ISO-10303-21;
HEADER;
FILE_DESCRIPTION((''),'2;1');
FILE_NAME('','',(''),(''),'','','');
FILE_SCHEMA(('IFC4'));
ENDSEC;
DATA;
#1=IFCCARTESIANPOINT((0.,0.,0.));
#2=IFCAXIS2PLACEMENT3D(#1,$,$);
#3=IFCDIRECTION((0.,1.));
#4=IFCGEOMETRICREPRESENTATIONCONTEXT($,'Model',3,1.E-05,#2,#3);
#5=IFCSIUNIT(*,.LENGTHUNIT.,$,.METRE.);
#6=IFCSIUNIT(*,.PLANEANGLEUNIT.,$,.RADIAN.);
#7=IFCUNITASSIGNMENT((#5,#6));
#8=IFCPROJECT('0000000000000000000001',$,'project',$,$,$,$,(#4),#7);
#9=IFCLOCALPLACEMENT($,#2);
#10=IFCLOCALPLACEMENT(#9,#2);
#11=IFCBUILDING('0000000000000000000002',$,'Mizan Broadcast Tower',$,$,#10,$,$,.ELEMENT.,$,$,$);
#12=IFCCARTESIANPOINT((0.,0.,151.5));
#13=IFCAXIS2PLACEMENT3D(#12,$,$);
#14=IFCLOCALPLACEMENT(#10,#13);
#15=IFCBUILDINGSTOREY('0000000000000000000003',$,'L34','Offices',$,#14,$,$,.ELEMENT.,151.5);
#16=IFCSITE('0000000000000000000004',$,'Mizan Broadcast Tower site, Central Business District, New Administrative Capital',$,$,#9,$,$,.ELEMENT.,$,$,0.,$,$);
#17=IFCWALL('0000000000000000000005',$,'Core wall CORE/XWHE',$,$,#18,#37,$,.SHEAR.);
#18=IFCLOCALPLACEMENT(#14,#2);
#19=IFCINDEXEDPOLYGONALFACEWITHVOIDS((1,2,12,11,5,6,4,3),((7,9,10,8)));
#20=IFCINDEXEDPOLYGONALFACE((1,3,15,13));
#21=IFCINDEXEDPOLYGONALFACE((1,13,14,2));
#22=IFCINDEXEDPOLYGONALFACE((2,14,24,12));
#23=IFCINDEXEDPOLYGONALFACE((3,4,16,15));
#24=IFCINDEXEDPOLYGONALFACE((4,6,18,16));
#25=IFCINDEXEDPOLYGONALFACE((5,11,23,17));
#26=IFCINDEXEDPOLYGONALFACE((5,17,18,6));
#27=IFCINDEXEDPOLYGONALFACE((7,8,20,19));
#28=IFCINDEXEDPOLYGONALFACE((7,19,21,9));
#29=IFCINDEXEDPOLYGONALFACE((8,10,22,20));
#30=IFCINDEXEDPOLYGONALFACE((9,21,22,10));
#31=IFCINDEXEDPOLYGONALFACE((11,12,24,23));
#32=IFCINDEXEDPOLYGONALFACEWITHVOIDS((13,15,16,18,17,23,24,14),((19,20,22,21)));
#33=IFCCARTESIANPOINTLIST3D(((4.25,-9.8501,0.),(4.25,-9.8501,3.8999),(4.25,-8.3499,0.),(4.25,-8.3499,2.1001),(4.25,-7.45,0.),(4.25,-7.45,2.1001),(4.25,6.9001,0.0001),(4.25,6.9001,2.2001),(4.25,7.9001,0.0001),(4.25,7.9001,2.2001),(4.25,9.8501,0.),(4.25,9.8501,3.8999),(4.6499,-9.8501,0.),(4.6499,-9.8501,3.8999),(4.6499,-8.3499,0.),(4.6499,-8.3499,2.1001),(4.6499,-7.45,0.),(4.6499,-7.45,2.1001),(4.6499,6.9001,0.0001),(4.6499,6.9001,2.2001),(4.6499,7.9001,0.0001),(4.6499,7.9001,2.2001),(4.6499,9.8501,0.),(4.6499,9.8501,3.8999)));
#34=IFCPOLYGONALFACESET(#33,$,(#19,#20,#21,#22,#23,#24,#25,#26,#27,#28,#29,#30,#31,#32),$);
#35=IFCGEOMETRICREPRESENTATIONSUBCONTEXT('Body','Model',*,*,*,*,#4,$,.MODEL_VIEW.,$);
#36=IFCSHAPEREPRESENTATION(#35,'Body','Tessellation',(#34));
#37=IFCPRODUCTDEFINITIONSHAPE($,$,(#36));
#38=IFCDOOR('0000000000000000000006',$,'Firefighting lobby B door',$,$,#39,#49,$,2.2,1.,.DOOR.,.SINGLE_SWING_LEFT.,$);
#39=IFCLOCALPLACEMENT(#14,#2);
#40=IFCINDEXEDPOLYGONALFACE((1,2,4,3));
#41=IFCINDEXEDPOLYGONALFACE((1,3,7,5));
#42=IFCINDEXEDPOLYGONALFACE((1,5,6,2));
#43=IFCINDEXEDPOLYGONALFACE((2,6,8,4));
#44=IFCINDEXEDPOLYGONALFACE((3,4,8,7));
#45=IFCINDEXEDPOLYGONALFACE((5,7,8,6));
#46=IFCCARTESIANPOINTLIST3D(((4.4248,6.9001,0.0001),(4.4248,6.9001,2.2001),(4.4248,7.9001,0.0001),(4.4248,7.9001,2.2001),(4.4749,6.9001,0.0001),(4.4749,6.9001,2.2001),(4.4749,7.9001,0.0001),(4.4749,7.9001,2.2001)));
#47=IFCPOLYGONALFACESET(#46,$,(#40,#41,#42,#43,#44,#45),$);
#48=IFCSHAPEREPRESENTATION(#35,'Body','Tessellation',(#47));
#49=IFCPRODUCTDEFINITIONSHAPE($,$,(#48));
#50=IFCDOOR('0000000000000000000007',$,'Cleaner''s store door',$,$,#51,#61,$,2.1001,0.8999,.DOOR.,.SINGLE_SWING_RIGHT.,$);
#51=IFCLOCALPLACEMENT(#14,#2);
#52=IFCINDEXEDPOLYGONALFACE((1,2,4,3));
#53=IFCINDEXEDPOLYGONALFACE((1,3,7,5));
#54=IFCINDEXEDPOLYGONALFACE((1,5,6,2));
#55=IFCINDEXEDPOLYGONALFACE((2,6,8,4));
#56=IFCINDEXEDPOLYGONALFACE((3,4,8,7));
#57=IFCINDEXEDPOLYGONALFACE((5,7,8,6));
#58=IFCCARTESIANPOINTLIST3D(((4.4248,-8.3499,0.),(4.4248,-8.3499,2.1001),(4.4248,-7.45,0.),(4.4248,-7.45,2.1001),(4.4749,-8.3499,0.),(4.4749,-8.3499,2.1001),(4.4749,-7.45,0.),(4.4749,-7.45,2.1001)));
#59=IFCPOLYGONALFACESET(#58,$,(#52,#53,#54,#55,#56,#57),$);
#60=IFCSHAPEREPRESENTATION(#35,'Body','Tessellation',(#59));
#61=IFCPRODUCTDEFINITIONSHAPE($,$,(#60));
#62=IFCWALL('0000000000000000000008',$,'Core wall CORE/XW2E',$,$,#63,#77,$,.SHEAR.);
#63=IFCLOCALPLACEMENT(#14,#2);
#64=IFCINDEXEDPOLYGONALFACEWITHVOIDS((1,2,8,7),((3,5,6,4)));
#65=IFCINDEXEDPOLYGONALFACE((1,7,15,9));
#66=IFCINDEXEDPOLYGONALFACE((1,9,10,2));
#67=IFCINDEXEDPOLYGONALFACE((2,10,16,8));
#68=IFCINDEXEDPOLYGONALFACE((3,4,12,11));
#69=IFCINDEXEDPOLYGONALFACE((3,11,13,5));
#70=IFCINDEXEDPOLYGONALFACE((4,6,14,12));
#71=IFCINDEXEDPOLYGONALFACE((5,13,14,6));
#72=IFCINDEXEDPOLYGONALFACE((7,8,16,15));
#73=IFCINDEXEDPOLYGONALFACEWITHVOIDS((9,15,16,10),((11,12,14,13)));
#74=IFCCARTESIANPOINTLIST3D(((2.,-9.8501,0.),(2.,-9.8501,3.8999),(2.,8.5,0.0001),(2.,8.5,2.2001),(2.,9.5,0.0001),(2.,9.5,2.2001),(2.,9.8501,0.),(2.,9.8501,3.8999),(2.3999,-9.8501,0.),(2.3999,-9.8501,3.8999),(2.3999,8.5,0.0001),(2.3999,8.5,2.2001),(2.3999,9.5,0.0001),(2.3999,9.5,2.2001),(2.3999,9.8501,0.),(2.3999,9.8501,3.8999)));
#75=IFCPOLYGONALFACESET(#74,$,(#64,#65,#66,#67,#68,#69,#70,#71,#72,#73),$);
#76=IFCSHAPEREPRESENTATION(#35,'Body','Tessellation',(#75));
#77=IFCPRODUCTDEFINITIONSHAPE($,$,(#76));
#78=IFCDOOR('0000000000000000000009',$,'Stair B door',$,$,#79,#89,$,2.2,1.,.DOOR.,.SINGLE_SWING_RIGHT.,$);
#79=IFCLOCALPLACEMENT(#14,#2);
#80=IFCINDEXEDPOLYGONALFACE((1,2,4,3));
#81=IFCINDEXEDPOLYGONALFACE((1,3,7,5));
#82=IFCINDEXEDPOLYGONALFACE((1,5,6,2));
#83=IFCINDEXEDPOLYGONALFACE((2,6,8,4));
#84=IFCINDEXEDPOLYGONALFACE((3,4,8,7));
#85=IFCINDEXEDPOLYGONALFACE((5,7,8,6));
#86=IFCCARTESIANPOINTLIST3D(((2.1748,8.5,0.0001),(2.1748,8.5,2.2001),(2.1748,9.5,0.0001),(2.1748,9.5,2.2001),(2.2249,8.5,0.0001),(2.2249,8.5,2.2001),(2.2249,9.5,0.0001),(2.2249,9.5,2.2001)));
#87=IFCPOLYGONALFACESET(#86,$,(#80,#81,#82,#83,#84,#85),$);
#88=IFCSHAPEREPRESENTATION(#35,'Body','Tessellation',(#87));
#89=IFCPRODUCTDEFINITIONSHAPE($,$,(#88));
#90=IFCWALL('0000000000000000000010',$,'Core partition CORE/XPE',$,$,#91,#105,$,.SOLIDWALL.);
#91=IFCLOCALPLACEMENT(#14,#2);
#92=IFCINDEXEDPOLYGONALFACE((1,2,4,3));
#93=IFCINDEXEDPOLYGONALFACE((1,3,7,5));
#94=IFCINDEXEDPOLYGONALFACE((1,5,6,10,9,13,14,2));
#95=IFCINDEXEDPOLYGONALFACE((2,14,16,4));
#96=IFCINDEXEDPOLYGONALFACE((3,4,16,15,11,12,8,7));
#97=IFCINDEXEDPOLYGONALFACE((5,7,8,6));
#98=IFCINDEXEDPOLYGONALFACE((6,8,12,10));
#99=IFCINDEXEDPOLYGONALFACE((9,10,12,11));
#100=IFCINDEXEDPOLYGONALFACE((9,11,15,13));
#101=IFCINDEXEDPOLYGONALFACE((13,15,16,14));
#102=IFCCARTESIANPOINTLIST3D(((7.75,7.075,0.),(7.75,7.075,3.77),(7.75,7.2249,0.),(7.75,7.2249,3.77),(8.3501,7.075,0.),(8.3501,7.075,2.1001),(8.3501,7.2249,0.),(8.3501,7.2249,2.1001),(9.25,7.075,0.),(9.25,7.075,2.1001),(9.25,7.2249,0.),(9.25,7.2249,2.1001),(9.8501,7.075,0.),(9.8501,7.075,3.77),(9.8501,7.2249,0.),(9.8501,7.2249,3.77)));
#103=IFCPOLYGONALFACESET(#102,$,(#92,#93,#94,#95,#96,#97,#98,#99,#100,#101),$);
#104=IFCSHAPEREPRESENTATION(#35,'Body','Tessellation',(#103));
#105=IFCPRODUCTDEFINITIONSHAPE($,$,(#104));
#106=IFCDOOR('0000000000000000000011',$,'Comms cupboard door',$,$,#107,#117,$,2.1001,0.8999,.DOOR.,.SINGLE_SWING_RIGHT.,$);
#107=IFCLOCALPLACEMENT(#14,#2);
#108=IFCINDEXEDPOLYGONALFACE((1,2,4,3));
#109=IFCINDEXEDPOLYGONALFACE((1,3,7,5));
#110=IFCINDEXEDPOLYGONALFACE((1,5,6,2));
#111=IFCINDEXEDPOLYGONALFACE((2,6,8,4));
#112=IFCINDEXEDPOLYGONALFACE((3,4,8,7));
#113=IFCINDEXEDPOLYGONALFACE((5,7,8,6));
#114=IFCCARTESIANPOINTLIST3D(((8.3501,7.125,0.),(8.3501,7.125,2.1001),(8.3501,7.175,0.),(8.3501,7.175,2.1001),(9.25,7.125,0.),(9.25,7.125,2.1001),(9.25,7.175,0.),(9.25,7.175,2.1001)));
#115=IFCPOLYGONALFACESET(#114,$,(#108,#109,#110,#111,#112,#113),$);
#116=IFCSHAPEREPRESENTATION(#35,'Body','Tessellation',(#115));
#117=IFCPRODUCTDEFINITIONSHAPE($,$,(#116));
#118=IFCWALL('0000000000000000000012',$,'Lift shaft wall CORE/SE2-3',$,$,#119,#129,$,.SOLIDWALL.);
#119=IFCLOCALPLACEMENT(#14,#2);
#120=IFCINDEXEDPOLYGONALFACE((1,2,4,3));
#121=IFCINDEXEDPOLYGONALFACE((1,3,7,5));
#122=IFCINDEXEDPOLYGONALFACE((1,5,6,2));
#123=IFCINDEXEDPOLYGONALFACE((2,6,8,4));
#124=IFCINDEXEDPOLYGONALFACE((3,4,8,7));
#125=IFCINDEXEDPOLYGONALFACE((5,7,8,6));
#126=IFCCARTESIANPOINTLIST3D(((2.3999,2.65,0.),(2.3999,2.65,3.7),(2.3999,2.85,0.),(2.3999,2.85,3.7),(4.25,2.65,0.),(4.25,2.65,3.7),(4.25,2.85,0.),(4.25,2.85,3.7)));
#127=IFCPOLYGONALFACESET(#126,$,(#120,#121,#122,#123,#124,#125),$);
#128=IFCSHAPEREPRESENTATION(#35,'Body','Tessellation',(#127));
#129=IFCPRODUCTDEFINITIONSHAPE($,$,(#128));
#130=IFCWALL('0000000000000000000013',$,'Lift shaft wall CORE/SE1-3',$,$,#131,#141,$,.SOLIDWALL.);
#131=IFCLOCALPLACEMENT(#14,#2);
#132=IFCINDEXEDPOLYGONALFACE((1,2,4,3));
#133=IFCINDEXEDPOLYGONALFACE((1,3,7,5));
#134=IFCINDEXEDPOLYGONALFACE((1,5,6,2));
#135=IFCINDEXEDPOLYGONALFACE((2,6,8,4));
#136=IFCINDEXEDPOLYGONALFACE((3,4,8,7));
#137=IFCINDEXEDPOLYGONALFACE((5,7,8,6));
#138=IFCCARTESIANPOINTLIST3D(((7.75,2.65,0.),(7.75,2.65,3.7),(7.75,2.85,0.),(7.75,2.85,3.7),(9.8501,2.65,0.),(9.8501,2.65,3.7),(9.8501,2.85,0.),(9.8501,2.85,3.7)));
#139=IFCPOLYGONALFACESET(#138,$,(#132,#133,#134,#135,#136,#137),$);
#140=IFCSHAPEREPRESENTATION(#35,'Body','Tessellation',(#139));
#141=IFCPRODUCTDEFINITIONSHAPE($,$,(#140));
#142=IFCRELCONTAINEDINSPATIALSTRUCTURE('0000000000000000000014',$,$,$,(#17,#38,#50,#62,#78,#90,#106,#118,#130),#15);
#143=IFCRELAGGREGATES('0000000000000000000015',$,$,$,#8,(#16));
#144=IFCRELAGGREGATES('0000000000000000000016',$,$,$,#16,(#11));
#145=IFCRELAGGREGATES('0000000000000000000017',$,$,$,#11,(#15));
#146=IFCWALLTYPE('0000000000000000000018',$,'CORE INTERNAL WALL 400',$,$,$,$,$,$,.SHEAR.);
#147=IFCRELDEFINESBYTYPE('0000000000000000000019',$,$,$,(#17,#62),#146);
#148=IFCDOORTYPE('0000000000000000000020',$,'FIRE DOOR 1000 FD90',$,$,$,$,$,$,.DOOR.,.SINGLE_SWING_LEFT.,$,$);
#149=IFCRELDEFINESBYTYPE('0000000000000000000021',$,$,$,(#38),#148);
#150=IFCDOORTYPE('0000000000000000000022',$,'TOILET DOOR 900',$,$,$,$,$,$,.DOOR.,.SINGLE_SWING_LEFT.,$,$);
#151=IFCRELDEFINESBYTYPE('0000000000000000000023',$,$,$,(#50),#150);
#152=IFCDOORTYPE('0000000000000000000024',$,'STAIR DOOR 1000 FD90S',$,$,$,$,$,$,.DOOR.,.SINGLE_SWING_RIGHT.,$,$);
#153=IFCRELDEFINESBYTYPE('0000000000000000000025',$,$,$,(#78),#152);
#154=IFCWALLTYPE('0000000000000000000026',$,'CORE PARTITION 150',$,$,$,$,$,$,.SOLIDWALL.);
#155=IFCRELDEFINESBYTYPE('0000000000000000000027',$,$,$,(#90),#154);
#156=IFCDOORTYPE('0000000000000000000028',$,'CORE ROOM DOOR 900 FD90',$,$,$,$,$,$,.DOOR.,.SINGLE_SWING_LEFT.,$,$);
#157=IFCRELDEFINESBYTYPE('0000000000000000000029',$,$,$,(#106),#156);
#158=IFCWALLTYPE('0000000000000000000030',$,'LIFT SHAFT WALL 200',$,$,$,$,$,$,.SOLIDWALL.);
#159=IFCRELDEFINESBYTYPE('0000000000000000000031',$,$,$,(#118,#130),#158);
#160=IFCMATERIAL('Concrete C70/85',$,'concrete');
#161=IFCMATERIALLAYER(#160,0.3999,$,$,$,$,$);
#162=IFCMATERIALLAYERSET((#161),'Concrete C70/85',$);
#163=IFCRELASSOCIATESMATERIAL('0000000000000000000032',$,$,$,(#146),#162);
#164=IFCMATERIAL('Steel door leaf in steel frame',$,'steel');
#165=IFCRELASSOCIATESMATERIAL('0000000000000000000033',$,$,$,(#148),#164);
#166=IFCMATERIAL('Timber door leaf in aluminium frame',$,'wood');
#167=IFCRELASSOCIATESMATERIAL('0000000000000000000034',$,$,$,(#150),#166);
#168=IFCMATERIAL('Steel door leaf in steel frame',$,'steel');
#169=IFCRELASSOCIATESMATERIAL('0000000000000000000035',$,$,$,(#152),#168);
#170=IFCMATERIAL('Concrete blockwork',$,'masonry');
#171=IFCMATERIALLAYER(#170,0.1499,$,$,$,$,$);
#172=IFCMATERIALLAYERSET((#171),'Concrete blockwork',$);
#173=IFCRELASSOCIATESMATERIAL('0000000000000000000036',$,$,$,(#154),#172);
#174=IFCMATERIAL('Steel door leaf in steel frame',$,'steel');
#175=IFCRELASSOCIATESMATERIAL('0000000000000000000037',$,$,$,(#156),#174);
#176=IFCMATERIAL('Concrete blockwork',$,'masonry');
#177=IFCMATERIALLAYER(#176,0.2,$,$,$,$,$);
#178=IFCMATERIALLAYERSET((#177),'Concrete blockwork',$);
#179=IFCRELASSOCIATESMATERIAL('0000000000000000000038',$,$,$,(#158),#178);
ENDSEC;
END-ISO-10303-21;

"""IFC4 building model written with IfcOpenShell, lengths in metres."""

from ifc_helpers import new_model, si_unit, direction, frame, frame_2d, origin, place, context, subcontext, project, spatial, rectangle, extrude, material, layer, layer_set, type_object, element, fill, save


model = new_model("IFC4")

# Units and contexts
model_context = context("Model", 3, precision=1e-05, world=origin(), true_north=direction((0.0, 1.0)))
body_context = subcontext(model_context, "Body", "Model", "MODEL_VIEW")
ifc_project = project(units=[si_unit("LENGTHUNIT", "METRE"), si_unit("PLANEANGLEUNIT", "RADIAN")], contexts=[model_context])

# Site, building, storey
site_placement = place(None, origin())
site = spatial("IfcSite", under=ifc_project, at=site_placement, Name="Mizan Broadcast Tower site, Central Business District, New Administrative Capital", CompositionType="ELEMENT", RefElevation=0.0)
building_placement = place(site_placement, origin())
building = spatial("IfcBuilding", under=site, at=building_placement, Name="Mizan Broadcast Tower", CompositionType="ELEMENT")
storey_placement = place(building_placement, frame((0.0, 0.0, 151.5)))
storey = spatial("IfcBuildingStorey", under=building, at=storey_placement, Name="L34", Description="Offices", CompositionType="ELEMENT", Elevation=151.5)

# Wall, openings, doors
ifc_material_1 = material(Name="Concrete C70/85", Category="concrete")
ifc_layer_1 = layer(ifc_material_1, 0.3999)
ifc_layer_set_1 = layer_set([ifc_layer_1], Name="Concrete C70/85")
wall_type_1 = type_object("IfcWallType", Name="CORE INTERNAL WALL 400", PredefinedType="SHEAR", material=ifc_layer_set_1)
ifc_material_2 = material(Name="Steel door leaf in steel frame", Category="steel")
door_type_1 = type_object("IfcDoorType", Name="FIRE DOOR 1000 FD90", OperationType="SINGLE_SWING_LEFT", PredefinedType="DOOR", material=ifc_material_2)
ifc_material_3 = material(Name="Timber door leaf in aluminium frame", Category="wood")
door_type_2 = type_object("IfcDoorType", Name="TOILET DOOR 900", OperationType="SINGLE_SWING_LEFT", PredefinedType="DOOR", material=ifc_material_3)
wall_1_placement = place(storey_placement, frame((4.45, 9.8501, 0.0), z_axis=(0.0, 0.0, 1.0), x_axis=(0.0, -1.0, 0.0)))
wall_1 = element("IfcWall", 1, at=wall_1_placement, inside=storey, type_object=wall_type_1, Name="Core wall CORE/XWHE", PredefinedType="SHEAR", context=body_context, shape_type="SweptSolid", body=[
    extrude(rectangle(XDim=19.7002, YDim=0.3999, at=frame_2d((9.8501, 0.0))), origin(), (0.0, 0.0, 1.0), 3.8999),
])
opening_1_placement = place(wall_1_placement, frame((1.95, 0.0, 0.0)))
opening_1 = element("IfcOpeningElement", 2, at=opening_1_placement, cuts=wall_1, PredefinedType="OPENING", context=body_context, shape_type="SweptSolid", body=[
    extrude(rectangle(XDim=1.0, YDim=2.2, at=frame_2d((0.5, 1.1001))), frame((0.0, 0.21, 0.0), z_axis=(0.0, -1.0, 0.0), x_axis=(1.0, 0.0, 0.0)), (0.0, 0.0, 1.0), 0.4199),
])
opening_2_placement = place(wall_1_placement, frame((17.3, 0.0, 0.0)))
opening_2 = element("IfcOpeningElement", 3, at=opening_2_placement, cuts=wall_1, PredefinedType="OPENING", context=body_context, shape_type="SweptSolid", body=[
    extrude(rectangle(XDim=0.8999, YDim=2.1001, at=frame_2d((0.45, 1.05))), frame((0.0, 0.21, 0.0), z_axis=(0.0, -1.0, 0.0), x_axis=(1.0, 0.0, 0.0)), (0.0, 0.0, 1.0), 0.4199),
])
door_1_placement = place(opening_1_placement, origin())
door_1 = element("IfcDoor", 4, at=door_1_placement, inside=storey, type_object=door_type_1, Name="Firefighting lobby B door", OperationType="SINGLE_SWING_LEFT", OverallHeight=2.2, OverallWidth=1.0, PredefinedType="DOOR", context=body_context, shape_type="SweptSolid", body=[
    extrude(rectangle(XDim=1.0, YDim=2.2, at=frame_2d((0.5, 1.1001))), frame((0.0, 0.0249, 0.0), z_axis=(0.0, -1.0, 0.0), x_axis=(1.0, 0.0, 0.0)), (0.0, 0.0, 1.0), 0.05),
])
fill(opening_1, door_1)
door_2_placement = place(opening_2_placement, origin())
door_2 = element("IfcDoor", 5, at=door_2_placement, inside=storey, type_object=door_type_2, Name="Cleaner's store door", OperationType="SINGLE_SWING_RIGHT", OverallHeight=2.1001, OverallWidth=0.8999, PredefinedType="DOOR", context=body_context, shape_type="SweptSolid", body=[
    extrude(rectangle(XDim=0.8999, YDim=2.1001, at=frame_2d((0.45, 1.05))), frame((0.0, 0.0249, 0.0), z_axis=(0.0, -1.0, 0.0), x_axis=(1.0, 0.0, 0.0)), (0.0, 0.0, 1.0), 0.05),
])
fill(opening_2, door_2)

# Walls, openings, doors
wall_2_placement = place(storey_placement, frame((2.2, 9.8501, 0.0), z_axis=(0.0, 0.0, 1.0), x_axis=(0.0, -1.0, 0.0)))
wall_2 = element("IfcWall", 6, at=wall_2_placement, inside=storey, type_object=wall_type_1, Name="Core wall CORE/XW2E", PredefinedType="SHEAR", context=body_context, shape_type="SweptSolid", body=[
    extrude(rectangle(XDim=19.7002, YDim=0.3999, at=frame_2d((9.8501, 0.0))), origin(), (0.0, 0.0, 1.0), 3.8999),
])
opening_3_placement = place(wall_2_placement, frame((0.3501, 0.0, 0.0)))
opening_3 = element("IfcOpeningElement", 7, at=opening_3_placement, cuts=wall_2, PredefinedType="OPENING", context=body_context, shape_type="SweptSolid", body=[
    extrude(rectangle(XDim=1.0, YDim=2.2, at=frame_2d((0.5, 1.1001))), frame((0.0, 0.21, 0.0), z_axis=(0.0, -1.0, 0.0), x_axis=(1.0, 0.0, 0.0)), (0.0, 0.0, 1.0), 0.4199),
])
ifc_material_4 = material(Name="Steel door leaf in steel frame", Category="steel")
door_type_3 = type_object("IfcDoorType", Name="STAIR DOOR 1000 FD90S", OperationType="SINGLE_SWING_RIGHT", PredefinedType="DOOR", material=ifc_material_4)
door_3_placement = place(opening_3_placement, origin())
door_3 = element("IfcDoor", 8, at=door_3_placement, inside=storey, type_object=door_type_3, Name="Stair B door", OperationType="SINGLE_SWING_RIGHT", OverallHeight=2.2, OverallWidth=1.0, PredefinedType="DOOR", context=body_context, shape_type="SweptSolid", body=[
    extrude(rectangle(XDim=1.0, YDim=2.2, at=frame_2d((0.5, 1.1001))), frame((0.0, 0.0249, 0.0), z_axis=(0.0, -1.0, 0.0), x_axis=(1.0, 0.0, 0.0)), (0.0, 0.0, 1.0), 0.05),
])
fill(opening_3, door_3)
ifc_material_5 = material(Name="Concrete blockwork", Category="masonry")
ifc_layer_2 = layer(ifc_material_5, 0.1499)
ifc_layer_set_2 = layer_set([ifc_layer_2], Name="Concrete blockwork")
wall_type_2 = type_object("IfcWallType", Name="CORE PARTITION 150", PredefinedType="SOLIDWALL", material=ifc_layer_set_2)
wall_3_placement = place(storey_placement, frame((9.8501, 7.1499, 0.0), z_axis=(0.0, 0.0, 1.0), x_axis=(-1.0, 0.0, 0.0)))
wall_3 = element("IfcWall", 9, at=wall_3_placement, inside=storey, type_object=wall_type_2, Name="Core partition CORE/XPE", PredefinedType="SOLIDWALL", context=body_context, shape_type="SweptSolid", body=[
    extrude(rectangle(XDim=2.1001, YDim=0.1499, at=frame_2d((1.05, 0.0))), origin(), (0.0, 0.0, 1.0), 3.77),
])
opening_4_placement = place(wall_3_placement, frame((0.6001, 0.0, 0.0)))
opening_4 = element("IfcOpeningElement", 10, at=opening_4_placement, cuts=wall_3, PredefinedType="OPENING", context=body_context, shape_type="SweptSolid", body=[
    extrude(rectangle(XDim=0.8999, YDim=2.1001, at=frame_2d((0.45, 1.05))), frame((0.0, 0.085, 0.0), z_axis=(0.0, -1.0, 0.0), x_axis=(1.0, 0.0, 0.0)), (0.0, 0.0, 1.0), 0.1699),
])
ifc_material_6 = material(Name="Steel door leaf in steel frame", Category="steel")
door_type_4 = type_object("IfcDoorType", Name="CORE ROOM DOOR 900 FD90", OperationType="SINGLE_SWING_LEFT", PredefinedType="DOOR", material=ifc_material_6)
door_4_placement = place(opening_4_placement, origin())
door_4 = element("IfcDoor", 11, at=door_4_placement, inside=storey, type_object=door_type_4, Name="Comms cupboard door", OperationType="SINGLE_SWING_RIGHT", OverallHeight=2.1001, OverallWidth=0.8999, PredefinedType="DOOR", context=body_context, shape_type="SweptSolid", body=[
    extrude(rectangle(XDim=0.8999, YDim=2.1001, at=frame_2d((0.45, 1.05))), frame((0.0, 0.0249, 0.0), z_axis=(0.0, -1.0, 0.0), x_axis=(1.0, 0.0, 0.0)), (0.0, 0.0, 1.0), 0.05),
])
fill(opening_4, door_4)

# Walls
ifc_material_7 = material(Name="Concrete blockwork", Category="masonry")
ifc_layer_3 = layer(ifc_material_7, 0.2)
ifc_layer_set_3 = layer_set([ifc_layer_3], Name="Concrete blockwork")
wall_type_3 = type_object("IfcWallType", Name="LIFT SHAFT WALL 200", PredefinedType="SOLIDWALL", material=ifc_layer_set_3)
wall_4_placement = place(storey_placement, frame((2.3999, 2.75, 0.0), z_axis=(0.0, 0.0, 1.0), x_axis=(1.0, 0.0, 0.0)))
element("IfcWall", 12, at=wall_4_placement, inside=storey, type_object=wall_type_3, Name="Lift shaft wall CORE/SE2-3", PredefinedType="SOLIDWALL", context=body_context, shape_type="SweptSolid", body=[
    extrude(rectangle(XDim=1.8501, YDim=0.2, at=frame_2d((0.925, 0.0))), origin(), (0.0, 0.0, 1.0), 3.7),
])
wall_5_placement = place(storey_placement, frame((7.75, 2.75, 0.0), z_axis=(0.0, 0.0, 1.0), x_axis=(1.0, 0.0, 0.0)))
element("IfcWall", 13, at=wall_5_placement, inside=storey, type_object=wall_type_3, Name="Lift shaft wall CORE/SE1-3", PredefinedType="SOLIDWALL", context=body_context, shape_type="SweptSolid", body=[
    extrude(rectangle(XDim=2.1001, YDim=0.2, at=frame_2d((1.05, 0.0))), origin(), (0.0, 0.0, 1.0), 3.7),
])

save(model, "model.ifc")
